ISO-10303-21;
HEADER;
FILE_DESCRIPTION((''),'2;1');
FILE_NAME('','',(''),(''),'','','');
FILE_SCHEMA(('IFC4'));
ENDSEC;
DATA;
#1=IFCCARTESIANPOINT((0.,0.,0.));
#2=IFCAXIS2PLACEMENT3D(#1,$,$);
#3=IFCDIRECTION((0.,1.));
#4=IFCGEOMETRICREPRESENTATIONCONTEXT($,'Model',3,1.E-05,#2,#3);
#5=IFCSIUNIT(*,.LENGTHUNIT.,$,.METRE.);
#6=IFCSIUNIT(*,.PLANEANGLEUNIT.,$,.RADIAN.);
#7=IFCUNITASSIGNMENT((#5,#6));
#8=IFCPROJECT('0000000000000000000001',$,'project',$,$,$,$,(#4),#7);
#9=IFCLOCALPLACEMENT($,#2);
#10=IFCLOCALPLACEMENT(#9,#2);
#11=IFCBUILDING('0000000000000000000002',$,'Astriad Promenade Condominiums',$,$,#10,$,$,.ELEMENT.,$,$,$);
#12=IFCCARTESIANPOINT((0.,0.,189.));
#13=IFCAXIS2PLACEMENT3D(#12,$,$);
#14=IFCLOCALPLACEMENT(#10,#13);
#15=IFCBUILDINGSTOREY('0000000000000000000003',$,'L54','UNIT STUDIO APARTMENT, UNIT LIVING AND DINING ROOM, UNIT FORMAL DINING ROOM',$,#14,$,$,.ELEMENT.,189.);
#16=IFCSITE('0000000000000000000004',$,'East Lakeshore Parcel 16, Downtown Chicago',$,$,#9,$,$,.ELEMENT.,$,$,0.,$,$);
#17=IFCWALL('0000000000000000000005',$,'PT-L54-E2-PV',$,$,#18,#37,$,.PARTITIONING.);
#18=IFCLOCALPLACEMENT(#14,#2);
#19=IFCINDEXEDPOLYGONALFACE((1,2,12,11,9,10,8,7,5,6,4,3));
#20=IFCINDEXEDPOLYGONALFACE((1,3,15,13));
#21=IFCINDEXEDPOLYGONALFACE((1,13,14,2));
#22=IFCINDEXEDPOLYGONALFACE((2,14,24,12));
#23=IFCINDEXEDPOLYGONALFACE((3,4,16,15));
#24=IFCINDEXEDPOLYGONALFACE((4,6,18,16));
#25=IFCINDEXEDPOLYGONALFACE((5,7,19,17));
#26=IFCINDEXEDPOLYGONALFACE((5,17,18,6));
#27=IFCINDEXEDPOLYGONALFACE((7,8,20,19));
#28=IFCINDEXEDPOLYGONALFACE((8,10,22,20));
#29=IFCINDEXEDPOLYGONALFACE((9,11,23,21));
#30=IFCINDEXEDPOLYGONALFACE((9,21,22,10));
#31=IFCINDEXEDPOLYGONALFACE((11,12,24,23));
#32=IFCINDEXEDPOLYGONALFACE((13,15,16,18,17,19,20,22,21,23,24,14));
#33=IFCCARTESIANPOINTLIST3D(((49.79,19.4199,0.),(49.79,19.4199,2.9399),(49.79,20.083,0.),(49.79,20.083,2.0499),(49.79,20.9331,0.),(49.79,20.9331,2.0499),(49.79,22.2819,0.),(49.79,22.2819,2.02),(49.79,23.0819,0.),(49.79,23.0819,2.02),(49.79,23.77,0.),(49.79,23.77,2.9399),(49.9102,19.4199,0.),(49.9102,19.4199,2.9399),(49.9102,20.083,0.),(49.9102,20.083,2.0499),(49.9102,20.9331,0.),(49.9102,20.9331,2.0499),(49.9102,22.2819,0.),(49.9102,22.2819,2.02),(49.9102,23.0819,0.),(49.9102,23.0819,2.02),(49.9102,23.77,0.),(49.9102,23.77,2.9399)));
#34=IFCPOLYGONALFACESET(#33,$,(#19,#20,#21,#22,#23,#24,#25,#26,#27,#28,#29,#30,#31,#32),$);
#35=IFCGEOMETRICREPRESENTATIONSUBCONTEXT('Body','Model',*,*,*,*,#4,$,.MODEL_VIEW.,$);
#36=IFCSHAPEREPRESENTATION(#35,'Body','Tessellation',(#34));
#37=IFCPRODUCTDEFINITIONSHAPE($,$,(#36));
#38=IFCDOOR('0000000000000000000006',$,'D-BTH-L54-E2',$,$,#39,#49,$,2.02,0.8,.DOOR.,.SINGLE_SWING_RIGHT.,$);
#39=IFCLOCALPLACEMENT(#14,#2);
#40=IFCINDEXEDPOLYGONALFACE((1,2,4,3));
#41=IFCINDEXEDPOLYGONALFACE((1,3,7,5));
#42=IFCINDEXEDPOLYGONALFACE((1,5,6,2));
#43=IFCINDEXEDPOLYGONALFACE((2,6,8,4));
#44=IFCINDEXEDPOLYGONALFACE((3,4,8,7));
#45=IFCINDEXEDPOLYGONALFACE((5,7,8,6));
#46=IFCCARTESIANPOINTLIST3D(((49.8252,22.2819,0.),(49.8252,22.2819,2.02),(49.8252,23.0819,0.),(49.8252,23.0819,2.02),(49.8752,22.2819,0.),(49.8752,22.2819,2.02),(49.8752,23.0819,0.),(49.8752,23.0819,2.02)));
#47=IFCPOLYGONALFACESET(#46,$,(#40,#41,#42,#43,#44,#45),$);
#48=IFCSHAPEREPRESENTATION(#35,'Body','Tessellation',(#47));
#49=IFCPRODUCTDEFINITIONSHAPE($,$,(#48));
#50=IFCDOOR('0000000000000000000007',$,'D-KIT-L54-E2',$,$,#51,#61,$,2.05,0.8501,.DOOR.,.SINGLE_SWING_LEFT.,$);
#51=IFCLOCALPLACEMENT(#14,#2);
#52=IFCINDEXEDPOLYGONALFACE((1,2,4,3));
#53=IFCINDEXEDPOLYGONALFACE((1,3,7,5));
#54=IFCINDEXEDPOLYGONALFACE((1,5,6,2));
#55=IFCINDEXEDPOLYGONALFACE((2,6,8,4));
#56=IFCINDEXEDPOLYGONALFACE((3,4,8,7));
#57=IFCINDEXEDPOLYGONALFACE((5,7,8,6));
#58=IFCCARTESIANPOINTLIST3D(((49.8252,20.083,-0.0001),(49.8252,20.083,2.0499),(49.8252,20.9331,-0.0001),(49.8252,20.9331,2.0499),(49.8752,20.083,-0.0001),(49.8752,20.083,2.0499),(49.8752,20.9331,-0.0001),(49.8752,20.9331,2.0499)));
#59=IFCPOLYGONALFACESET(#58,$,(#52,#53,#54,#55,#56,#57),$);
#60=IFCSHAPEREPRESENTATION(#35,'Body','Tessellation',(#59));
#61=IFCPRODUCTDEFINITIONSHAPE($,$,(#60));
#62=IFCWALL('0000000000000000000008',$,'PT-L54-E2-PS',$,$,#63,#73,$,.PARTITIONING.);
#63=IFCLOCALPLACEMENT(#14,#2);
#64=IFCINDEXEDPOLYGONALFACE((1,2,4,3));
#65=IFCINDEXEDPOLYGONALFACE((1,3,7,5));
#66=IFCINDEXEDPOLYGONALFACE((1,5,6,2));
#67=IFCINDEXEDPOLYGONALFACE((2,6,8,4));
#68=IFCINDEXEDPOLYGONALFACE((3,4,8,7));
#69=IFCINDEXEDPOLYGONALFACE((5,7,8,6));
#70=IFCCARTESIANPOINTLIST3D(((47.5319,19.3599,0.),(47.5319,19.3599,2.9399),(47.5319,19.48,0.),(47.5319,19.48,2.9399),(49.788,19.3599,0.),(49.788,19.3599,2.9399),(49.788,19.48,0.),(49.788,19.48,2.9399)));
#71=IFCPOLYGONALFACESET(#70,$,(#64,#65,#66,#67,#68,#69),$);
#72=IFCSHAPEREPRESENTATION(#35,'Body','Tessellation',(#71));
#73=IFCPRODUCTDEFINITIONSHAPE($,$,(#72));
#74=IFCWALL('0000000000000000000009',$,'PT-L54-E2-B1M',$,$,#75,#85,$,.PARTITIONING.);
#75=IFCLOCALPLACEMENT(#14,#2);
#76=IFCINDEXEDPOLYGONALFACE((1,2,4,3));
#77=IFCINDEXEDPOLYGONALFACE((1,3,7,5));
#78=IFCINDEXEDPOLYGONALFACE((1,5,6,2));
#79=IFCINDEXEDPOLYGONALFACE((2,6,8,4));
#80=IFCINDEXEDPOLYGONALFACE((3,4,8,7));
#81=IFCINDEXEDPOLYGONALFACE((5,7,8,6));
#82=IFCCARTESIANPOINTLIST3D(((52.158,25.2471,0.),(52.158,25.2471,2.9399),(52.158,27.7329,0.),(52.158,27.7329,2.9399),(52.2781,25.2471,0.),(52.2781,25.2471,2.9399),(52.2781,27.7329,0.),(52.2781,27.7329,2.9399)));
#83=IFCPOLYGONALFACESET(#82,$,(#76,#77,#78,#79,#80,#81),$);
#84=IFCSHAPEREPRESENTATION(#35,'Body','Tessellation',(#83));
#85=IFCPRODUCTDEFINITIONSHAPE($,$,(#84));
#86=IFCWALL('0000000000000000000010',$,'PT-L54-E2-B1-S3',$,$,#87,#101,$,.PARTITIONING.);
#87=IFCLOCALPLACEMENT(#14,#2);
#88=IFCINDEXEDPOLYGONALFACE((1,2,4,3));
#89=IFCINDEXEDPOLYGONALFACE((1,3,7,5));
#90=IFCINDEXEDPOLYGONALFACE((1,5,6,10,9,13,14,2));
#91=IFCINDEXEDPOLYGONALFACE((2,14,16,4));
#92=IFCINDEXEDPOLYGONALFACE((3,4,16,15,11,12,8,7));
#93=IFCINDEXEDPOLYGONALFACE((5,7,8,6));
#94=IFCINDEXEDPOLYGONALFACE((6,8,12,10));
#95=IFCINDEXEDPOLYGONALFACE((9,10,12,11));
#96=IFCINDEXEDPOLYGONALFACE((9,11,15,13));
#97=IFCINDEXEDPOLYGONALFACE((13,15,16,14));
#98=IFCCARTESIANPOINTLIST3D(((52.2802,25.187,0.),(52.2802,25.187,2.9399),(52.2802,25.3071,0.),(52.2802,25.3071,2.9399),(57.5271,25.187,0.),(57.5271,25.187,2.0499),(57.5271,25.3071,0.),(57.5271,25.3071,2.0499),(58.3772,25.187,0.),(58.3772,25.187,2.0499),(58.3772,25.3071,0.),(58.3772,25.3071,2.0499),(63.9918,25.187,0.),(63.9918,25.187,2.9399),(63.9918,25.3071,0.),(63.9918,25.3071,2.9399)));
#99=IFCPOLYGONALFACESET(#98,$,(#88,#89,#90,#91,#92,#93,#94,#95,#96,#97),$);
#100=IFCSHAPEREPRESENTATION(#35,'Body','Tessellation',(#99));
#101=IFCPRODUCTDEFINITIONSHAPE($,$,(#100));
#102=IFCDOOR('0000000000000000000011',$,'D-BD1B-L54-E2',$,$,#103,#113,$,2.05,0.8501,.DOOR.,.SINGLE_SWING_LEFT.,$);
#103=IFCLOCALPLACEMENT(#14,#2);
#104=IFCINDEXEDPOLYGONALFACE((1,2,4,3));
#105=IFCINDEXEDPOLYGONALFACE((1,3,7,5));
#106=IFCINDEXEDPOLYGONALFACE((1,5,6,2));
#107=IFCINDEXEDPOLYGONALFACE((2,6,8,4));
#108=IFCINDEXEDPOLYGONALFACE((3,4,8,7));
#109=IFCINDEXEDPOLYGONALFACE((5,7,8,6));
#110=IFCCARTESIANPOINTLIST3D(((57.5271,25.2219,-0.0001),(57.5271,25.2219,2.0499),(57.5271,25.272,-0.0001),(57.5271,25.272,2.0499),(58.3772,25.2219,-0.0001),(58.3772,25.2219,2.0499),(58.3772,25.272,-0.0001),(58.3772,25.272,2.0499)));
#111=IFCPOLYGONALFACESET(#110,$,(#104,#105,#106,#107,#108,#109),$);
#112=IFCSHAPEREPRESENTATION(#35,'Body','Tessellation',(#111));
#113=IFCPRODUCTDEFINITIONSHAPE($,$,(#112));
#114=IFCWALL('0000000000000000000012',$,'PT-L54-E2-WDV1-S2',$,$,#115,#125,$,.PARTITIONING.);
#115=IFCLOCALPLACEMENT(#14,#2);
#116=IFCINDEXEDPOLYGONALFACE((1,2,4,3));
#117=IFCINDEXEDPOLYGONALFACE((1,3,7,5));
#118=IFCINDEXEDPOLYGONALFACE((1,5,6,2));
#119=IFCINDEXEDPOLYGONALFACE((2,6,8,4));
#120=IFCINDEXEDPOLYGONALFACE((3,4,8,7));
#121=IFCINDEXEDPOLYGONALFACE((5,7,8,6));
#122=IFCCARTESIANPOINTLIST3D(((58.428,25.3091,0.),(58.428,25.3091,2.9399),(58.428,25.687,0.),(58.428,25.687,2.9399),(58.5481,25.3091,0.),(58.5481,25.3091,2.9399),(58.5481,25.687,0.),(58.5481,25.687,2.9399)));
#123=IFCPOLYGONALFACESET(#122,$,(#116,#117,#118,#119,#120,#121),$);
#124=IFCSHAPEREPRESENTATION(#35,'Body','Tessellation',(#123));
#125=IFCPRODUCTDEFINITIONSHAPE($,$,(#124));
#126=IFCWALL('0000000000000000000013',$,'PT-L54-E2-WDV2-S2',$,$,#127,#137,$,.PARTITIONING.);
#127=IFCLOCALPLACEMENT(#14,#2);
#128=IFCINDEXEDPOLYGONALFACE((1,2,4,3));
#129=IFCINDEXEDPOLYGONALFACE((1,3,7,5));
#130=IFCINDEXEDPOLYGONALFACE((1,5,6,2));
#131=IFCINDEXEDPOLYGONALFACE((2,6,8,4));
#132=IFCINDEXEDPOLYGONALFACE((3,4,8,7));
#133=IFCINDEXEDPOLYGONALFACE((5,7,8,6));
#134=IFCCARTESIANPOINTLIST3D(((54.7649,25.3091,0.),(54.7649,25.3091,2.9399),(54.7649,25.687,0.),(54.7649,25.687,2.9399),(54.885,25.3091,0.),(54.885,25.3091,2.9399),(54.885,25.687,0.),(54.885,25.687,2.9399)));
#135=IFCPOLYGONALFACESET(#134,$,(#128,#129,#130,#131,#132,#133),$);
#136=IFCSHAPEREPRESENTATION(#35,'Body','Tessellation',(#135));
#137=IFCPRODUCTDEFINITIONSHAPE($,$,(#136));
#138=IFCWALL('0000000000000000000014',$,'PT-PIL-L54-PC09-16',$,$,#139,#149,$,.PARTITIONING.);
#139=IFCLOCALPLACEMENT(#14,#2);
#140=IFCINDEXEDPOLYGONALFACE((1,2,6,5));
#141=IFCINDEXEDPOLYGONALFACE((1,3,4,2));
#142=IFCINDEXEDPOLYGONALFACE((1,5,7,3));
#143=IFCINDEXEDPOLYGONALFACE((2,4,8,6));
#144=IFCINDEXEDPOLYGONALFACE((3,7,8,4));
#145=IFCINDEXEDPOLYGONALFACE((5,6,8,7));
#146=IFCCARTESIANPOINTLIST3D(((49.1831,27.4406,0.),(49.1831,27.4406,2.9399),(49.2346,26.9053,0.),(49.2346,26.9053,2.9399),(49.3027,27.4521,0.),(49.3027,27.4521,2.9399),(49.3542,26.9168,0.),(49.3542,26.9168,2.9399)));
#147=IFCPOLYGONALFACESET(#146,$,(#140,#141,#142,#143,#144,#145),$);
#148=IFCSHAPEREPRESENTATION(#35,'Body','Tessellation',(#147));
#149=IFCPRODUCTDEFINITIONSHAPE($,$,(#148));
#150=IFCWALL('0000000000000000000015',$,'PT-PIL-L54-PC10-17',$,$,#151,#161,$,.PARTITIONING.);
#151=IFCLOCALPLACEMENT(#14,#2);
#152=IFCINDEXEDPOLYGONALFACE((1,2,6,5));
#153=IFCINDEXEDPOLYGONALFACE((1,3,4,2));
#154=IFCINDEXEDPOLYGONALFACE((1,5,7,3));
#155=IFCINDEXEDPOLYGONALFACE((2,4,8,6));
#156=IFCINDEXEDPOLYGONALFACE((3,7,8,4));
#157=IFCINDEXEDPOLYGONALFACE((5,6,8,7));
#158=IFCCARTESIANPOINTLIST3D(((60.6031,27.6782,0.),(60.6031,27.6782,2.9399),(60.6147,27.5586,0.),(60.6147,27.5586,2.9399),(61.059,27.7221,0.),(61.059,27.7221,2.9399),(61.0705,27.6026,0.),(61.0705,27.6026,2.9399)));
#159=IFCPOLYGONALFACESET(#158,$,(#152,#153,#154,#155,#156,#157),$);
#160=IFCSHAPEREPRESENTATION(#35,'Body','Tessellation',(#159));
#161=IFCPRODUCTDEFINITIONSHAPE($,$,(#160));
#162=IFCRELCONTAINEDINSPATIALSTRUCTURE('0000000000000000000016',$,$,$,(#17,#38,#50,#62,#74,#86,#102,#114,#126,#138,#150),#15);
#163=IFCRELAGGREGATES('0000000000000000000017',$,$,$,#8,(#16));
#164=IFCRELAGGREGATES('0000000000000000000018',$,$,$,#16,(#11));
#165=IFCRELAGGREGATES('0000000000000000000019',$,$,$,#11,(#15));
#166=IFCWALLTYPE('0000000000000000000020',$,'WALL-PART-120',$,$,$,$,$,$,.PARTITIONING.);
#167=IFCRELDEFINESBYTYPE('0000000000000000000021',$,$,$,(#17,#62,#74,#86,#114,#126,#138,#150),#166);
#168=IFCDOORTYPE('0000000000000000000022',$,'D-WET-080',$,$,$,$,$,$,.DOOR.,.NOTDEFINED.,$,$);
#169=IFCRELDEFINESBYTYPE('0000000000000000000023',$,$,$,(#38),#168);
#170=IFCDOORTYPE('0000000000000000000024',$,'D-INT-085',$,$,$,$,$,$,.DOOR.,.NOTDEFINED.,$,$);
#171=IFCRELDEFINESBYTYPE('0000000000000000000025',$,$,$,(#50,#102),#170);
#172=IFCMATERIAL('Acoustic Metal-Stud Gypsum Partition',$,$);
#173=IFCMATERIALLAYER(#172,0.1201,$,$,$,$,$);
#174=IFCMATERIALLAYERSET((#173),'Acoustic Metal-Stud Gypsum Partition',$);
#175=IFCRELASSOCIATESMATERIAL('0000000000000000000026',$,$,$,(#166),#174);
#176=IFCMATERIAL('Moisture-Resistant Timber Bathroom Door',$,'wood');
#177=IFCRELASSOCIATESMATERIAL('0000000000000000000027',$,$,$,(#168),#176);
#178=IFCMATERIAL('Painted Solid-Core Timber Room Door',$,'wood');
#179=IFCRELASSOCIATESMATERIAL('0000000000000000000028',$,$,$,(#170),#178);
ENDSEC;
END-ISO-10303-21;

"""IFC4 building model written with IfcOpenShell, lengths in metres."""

from ifc_helpers import new_model, si_unit, direction, frame, frame_2d, origin, place, context, subcontext, project, spatial, rectangle, extrude, source, transform, mapped, material, layer, layer_set, type_object, type_shapes, element, fill, save


model = new_model("IFC4")

# Units and contexts
model_context = context("Model", 3, precision=1e-05, world=origin(), true_north=direction((0.0, 1.0)))
body_context = subcontext(model_context, "Body", "Model", "MODEL_VIEW")
ifc_project = project(units=[si_unit("LENGTHUNIT", "METRE"), si_unit("PLANEANGLEUNIT", "RADIAN")], contexts=[model_context])

# Site, building, storey
site_placement = place(None, origin())
site = spatial("IfcSite", under=ifc_project, at=site_placement, Name="East Lakeshore Parcel 16, Downtown Chicago", CompositionType="ELEMENT", RefElevation=0.0)
building_placement = place(site_placement, origin())
building = spatial("IfcBuilding", under=site, at=building_placement, Name="Astriad Promenade Condominiums", CompositionType="ELEMENT")
storey_placement = place(building_placement, frame((0.0, 0.0, 189.0)))
storey = spatial("IfcBuildingStorey", under=building, at=storey_placement, Name="L54", Description="UNIT STUDIO APARTMENT, UNIT LIVING AND DINING ROOM, UNIT FORMAL DINING ROOM", CompositionType="ELEMENT", Elevation=189.0)

# Wall, openings, doors
ifc_material_1 = material(Name="Acoustic Metal-Stud Gypsum Partition")
ifc_layer_1 = layer(ifc_material_1, 0.1201)
ifc_layer_set_1 = layer_set([ifc_layer_1], Name="Acoustic Metal-Stud Gypsum Partition")
wall_type_1 = type_object("IfcWallType", Name="WALL-PART-120", PredefinedType="PARTITIONING", material=ifc_layer_set_1)
wall_1_placement = place(storey_placement, frame((49.8501, 19.4199, 0.0), z_axis=(0.0, 0.0, 1.0), x_axis=(0.0, 1.0, 0.0)))
wall_1 = element("IfcWall", 1, at=wall_1_placement, inside=storey, type_object=wall_type_1, Name="PT-L54-E2-PV", PredefinedType="PARTITIONING", context=body_context, shape_type="SweptSolid", body=[
    extrude(rectangle(XDim=4.3501, YDim=0.1201, at=frame_2d((2.175, 0.0))), origin(), (0.0, 0.0, 1.0), 2.9399),
])
opening_1_placement = place(wall_1_placement, frame((0.6631, 0.0, 0.0)))
opening_1 = element("IfcOpeningElement", 2, at=opening_1_placement, cuts=wall_1, PredefinedType="OPENING", context=body_context, shape_type="SweptSolid", body=[
    extrude(rectangle(XDim=0.8501, YDim=2.05, at=frame_2d((0.425, 1.0249))), frame((0.0, 0.0701, 0.0), z_axis=(0.0, -1.0, 0.0), x_axis=(1.0, 0.0, 0.0)), (0.0, 0.0, 1.0), 0.1401),
])
opening_2_placement = place(wall_1_placement, frame((2.8621, 0.0, 0.0)))
opening_2 = element("IfcOpeningElement", 3, at=opening_2_placement, cuts=wall_1, PredefinedType="OPENING", context=body_context, shape_type="SweptSolid", body=[
    extrude(rectangle(XDim=0.8, YDim=2.02, at=frame_2d((0.3999, 1.01))), frame((0.0, 0.0701, 0.0), z_axis=(0.0, -1.0, 0.0), x_axis=(1.0, 0.0, 0.0)), (0.0, 0.0, 1.0), 0.1401),
])
ifc_material_2 = material(Name="Moisture-Resistant Timber Bathroom Door", Category="wood")
door_type_1 = type_object("IfcDoorType", Name="D-WET-080", OperationType="NOTDEFINED", PredefinedType="DOOR", material=ifc_material_2)
shared_shape_1 = source(origin(), body_context, "Body", "SweptSolid", [
    extrude(rectangle(XDim=0.8, YDim=2.02, at=frame_2d((0.3999, 1.01))), frame((0.0, 0.0249, 0.0), z_axis=(0.0, -1.0, 0.0), x_axis=(1.0, 0.0, 0.0)), (0.0, 0.0, 1.0), 0.05),
])
type_shapes(door_type_1, [shared_shape_1])
door_1_placement = place(opening_2_placement, origin())
door_1 = element("IfcDoor", 4, at=door_1_placement, inside=storey, type_object=door_type_1, Name="D-BTH-L54-E2", OperationType="SINGLE_SWING_RIGHT", OverallHeight=2.02, OverallWidth=0.8, PredefinedType="DOOR", context=body_context, shape_type="MappedRepresentation", body=[
    mapped(shared_shape_1, transform((0.0, 0.0, 0.0), scale=1.0)),
])
fill(opening_2, door_1)
ifc_material_3 = material(Name="Painted Solid-Core Timber Room Door", Category="wood")
door_type_2 = type_object("IfcDoorType", Name="D-INT-085", OperationType="NOTDEFINED", PredefinedType="DOOR", material=ifc_material_3)
shared_shape_2 = source(origin(), body_context, "Body", "SweptSolid", [
    extrude(rectangle(XDim=0.8501, YDim=2.05, at=frame_2d((0.425, 1.0249))), frame((0.0, 0.0249, 0.0), z_axis=(0.0, -1.0, 0.0), x_axis=(1.0, 0.0, 0.0)), (0.0, 0.0, 1.0), 0.05),
])
type_shapes(door_type_2, [shared_shape_2])
door_2_placement = place(opening_1_placement, origin())
door_2 = element("IfcDoor", 5, at=door_2_placement, inside=storey, type_object=door_type_2, Name="D-KIT-L54-E2", OperationType="SINGLE_SWING_LEFT", OverallHeight=2.05, OverallWidth=0.8501, PredefinedType="DOOR", context=body_context, shape_type="MappedRepresentation", body=[
    mapped(shared_shape_2, transform((0.0, 0.0, 0.0), scale=1.0)),
])
fill(opening_1, door_2)

# Walls
wall_2_placement = place(storey_placement, frame((47.532, 19.4199, 0.0), z_axis=(0.0, 0.0, 1.0), x_axis=(1.0, 0.0, 0.0)))
element("IfcWall", 6, at=wall_2_placement, inside=storey, type_object=wall_type_1, Name="PT-L54-E2-PS", PredefinedType="PARTITIONING", context=body_context, shape_type="SweptSolid", body=[
    extrude(rectangle(XDim=2.2561, YDim=0.1201, at=frame_2d((1.1279, 0.0))), origin(), (0.0, 0.0, 1.0), 2.9399),
])
wall_3_placement = place(storey_placement, frame((52.218, 25.2471, 0.0), z_axis=(0.0, 0.0, 1.0), x_axis=(0.0, 1.0, 0.0)))
element("IfcWall", 7, at=wall_3_placement, inside=storey, type_object=wall_type_1, Name="PT-L54-E2-B1M", PredefinedType="PARTITIONING", context=body_context, shape_type="SweptSolid", body=[
    extrude(rectangle(XDim=2.4858, YDim=0.1201, at=frame_2d((1.2429, 0.0))), origin(), (0.0, 0.0, 1.0), 2.9399),
])

# Wall, opening, door
wall_4_placement = place(storey_placement, frame((52.28, 25.2471, 0.0), z_axis=(0.0, 0.0, 1.0), x_axis=(1.0, 0.0, 0.0)))
wall_4 = element("IfcWall", 8, at=wall_4_placement, inside=storey, type_object=wall_type_1, Name="PT-L54-E2-B1-S3", PredefinedType="PARTITIONING", context=body_context, shape_type="SweptSolid", body=[
    extrude(rectangle(XDim=11.7117, YDim=0.1201, at=frame_2d((5.856, 0.0))), origin(), (0.0, 0.0, 1.0), 2.9399),
])
opening_3_placement = place(wall_4_placement, frame((5.2471, 0.0, 0.0)))
opening_3 = element("IfcOpeningElement", 9, at=opening_3_placement, cuts=wall_4, PredefinedType="OPENING", context=body_context, shape_type="SweptSolid", body=[
    extrude(rectangle(XDim=0.8501, YDim=2.05, at=frame_2d((0.425, 1.0249))), frame((0.0, 0.0701, 0.0), z_axis=(0.0, -1.0, 0.0), x_axis=(1.0, 0.0, 0.0)), (0.0, 0.0, 1.0), 0.1401),
])
door_3_placement = place(opening_3_placement, origin())
door_3 = element("IfcDoor", 10, at=door_3_placement, inside=storey, type_object=door_type_2, Name="D-BD1B-L54-E2", OperationType="SINGLE_SWING_LEFT", OverallHeight=2.05, OverallWidth=0.8501, PredefinedType="DOOR", context=body_context, shape_type="MappedRepresentation", body=[
    mapped(shared_shape_2, transform((0.0, 0.0, 0.0), scale=1.0)),
])
fill(opening_3, door_3)

# Walls
for number, where, z_axis, x_axis, name in (
    (11, (58.488, 25.3091, 0.0), (0.0, 0.0, 1.0), (0.0, 1.0, 0.0), "PT-L54-E2-WDV1-S2"),
    (12, (54.825, 25.3091, 0.0), (0.0, 0.0, 1.0), (0.0, 1.0, 0.0), "PT-L54-E2-WDV2-S2"),
):
    element("IfcWall", number, at=place(storey_placement, frame(where, z_axis=z_axis, x_axis=x_axis)), inside=storey, type_object=wall_type_1, Name=name, PredefinedType="PARTITIONING", context=body_context, shape_type="SweptSolid", body=[
        extrude(rectangle(XDim=0.3779, YDim=0.1201, at=frame_2d((0.189, 0.0))), origin(), (0.0, 0.0, 1.0), 2.9399),
    ])
wall_5_placement = place(storey_placement, frame((49.2944, 26.9109, 0.0), z_axis=(0.0, 0.0, 1.0), x_axis=(-0.095773, 0.995403, 0.0)))
element("IfcWall", 13, at=wall_5_placement, inside=storey, type_object=wall_type_1, Name="PT-PIL-L54-PC09-16", PredefinedType="PARTITIONING", context=body_context, shape_type="SweptSolid", body=[
    extrude(rectangle(XDim=0.5378, YDim=0.1201, at=frame_2d((0.269, 0.0))), origin(), (0.0, 0.0, 1.0), 2.9399),
])
wall_6_placement = place(storey_placement, frame((60.6089, 27.6184, 0.0), z_axis=(0.0, 0.0, 1.0), x_axis=(0.995385, 0.095966, 0.0)))
element("IfcWall", 14, at=wall_6_placement, inside=storey, type_object=wall_type_1, Name="PT-PIL-L54-PC10-17", PredefinedType="PARTITIONING", context=body_context, shape_type="SweptSolid", body=[
    extrude(rectangle(XDim=0.458, YDim=0.1201, at=frame_2d((0.229, 0.0))), origin(), (0.0, 0.0, 1.0), 2.9399),
])

save(model, "model.ifc")
